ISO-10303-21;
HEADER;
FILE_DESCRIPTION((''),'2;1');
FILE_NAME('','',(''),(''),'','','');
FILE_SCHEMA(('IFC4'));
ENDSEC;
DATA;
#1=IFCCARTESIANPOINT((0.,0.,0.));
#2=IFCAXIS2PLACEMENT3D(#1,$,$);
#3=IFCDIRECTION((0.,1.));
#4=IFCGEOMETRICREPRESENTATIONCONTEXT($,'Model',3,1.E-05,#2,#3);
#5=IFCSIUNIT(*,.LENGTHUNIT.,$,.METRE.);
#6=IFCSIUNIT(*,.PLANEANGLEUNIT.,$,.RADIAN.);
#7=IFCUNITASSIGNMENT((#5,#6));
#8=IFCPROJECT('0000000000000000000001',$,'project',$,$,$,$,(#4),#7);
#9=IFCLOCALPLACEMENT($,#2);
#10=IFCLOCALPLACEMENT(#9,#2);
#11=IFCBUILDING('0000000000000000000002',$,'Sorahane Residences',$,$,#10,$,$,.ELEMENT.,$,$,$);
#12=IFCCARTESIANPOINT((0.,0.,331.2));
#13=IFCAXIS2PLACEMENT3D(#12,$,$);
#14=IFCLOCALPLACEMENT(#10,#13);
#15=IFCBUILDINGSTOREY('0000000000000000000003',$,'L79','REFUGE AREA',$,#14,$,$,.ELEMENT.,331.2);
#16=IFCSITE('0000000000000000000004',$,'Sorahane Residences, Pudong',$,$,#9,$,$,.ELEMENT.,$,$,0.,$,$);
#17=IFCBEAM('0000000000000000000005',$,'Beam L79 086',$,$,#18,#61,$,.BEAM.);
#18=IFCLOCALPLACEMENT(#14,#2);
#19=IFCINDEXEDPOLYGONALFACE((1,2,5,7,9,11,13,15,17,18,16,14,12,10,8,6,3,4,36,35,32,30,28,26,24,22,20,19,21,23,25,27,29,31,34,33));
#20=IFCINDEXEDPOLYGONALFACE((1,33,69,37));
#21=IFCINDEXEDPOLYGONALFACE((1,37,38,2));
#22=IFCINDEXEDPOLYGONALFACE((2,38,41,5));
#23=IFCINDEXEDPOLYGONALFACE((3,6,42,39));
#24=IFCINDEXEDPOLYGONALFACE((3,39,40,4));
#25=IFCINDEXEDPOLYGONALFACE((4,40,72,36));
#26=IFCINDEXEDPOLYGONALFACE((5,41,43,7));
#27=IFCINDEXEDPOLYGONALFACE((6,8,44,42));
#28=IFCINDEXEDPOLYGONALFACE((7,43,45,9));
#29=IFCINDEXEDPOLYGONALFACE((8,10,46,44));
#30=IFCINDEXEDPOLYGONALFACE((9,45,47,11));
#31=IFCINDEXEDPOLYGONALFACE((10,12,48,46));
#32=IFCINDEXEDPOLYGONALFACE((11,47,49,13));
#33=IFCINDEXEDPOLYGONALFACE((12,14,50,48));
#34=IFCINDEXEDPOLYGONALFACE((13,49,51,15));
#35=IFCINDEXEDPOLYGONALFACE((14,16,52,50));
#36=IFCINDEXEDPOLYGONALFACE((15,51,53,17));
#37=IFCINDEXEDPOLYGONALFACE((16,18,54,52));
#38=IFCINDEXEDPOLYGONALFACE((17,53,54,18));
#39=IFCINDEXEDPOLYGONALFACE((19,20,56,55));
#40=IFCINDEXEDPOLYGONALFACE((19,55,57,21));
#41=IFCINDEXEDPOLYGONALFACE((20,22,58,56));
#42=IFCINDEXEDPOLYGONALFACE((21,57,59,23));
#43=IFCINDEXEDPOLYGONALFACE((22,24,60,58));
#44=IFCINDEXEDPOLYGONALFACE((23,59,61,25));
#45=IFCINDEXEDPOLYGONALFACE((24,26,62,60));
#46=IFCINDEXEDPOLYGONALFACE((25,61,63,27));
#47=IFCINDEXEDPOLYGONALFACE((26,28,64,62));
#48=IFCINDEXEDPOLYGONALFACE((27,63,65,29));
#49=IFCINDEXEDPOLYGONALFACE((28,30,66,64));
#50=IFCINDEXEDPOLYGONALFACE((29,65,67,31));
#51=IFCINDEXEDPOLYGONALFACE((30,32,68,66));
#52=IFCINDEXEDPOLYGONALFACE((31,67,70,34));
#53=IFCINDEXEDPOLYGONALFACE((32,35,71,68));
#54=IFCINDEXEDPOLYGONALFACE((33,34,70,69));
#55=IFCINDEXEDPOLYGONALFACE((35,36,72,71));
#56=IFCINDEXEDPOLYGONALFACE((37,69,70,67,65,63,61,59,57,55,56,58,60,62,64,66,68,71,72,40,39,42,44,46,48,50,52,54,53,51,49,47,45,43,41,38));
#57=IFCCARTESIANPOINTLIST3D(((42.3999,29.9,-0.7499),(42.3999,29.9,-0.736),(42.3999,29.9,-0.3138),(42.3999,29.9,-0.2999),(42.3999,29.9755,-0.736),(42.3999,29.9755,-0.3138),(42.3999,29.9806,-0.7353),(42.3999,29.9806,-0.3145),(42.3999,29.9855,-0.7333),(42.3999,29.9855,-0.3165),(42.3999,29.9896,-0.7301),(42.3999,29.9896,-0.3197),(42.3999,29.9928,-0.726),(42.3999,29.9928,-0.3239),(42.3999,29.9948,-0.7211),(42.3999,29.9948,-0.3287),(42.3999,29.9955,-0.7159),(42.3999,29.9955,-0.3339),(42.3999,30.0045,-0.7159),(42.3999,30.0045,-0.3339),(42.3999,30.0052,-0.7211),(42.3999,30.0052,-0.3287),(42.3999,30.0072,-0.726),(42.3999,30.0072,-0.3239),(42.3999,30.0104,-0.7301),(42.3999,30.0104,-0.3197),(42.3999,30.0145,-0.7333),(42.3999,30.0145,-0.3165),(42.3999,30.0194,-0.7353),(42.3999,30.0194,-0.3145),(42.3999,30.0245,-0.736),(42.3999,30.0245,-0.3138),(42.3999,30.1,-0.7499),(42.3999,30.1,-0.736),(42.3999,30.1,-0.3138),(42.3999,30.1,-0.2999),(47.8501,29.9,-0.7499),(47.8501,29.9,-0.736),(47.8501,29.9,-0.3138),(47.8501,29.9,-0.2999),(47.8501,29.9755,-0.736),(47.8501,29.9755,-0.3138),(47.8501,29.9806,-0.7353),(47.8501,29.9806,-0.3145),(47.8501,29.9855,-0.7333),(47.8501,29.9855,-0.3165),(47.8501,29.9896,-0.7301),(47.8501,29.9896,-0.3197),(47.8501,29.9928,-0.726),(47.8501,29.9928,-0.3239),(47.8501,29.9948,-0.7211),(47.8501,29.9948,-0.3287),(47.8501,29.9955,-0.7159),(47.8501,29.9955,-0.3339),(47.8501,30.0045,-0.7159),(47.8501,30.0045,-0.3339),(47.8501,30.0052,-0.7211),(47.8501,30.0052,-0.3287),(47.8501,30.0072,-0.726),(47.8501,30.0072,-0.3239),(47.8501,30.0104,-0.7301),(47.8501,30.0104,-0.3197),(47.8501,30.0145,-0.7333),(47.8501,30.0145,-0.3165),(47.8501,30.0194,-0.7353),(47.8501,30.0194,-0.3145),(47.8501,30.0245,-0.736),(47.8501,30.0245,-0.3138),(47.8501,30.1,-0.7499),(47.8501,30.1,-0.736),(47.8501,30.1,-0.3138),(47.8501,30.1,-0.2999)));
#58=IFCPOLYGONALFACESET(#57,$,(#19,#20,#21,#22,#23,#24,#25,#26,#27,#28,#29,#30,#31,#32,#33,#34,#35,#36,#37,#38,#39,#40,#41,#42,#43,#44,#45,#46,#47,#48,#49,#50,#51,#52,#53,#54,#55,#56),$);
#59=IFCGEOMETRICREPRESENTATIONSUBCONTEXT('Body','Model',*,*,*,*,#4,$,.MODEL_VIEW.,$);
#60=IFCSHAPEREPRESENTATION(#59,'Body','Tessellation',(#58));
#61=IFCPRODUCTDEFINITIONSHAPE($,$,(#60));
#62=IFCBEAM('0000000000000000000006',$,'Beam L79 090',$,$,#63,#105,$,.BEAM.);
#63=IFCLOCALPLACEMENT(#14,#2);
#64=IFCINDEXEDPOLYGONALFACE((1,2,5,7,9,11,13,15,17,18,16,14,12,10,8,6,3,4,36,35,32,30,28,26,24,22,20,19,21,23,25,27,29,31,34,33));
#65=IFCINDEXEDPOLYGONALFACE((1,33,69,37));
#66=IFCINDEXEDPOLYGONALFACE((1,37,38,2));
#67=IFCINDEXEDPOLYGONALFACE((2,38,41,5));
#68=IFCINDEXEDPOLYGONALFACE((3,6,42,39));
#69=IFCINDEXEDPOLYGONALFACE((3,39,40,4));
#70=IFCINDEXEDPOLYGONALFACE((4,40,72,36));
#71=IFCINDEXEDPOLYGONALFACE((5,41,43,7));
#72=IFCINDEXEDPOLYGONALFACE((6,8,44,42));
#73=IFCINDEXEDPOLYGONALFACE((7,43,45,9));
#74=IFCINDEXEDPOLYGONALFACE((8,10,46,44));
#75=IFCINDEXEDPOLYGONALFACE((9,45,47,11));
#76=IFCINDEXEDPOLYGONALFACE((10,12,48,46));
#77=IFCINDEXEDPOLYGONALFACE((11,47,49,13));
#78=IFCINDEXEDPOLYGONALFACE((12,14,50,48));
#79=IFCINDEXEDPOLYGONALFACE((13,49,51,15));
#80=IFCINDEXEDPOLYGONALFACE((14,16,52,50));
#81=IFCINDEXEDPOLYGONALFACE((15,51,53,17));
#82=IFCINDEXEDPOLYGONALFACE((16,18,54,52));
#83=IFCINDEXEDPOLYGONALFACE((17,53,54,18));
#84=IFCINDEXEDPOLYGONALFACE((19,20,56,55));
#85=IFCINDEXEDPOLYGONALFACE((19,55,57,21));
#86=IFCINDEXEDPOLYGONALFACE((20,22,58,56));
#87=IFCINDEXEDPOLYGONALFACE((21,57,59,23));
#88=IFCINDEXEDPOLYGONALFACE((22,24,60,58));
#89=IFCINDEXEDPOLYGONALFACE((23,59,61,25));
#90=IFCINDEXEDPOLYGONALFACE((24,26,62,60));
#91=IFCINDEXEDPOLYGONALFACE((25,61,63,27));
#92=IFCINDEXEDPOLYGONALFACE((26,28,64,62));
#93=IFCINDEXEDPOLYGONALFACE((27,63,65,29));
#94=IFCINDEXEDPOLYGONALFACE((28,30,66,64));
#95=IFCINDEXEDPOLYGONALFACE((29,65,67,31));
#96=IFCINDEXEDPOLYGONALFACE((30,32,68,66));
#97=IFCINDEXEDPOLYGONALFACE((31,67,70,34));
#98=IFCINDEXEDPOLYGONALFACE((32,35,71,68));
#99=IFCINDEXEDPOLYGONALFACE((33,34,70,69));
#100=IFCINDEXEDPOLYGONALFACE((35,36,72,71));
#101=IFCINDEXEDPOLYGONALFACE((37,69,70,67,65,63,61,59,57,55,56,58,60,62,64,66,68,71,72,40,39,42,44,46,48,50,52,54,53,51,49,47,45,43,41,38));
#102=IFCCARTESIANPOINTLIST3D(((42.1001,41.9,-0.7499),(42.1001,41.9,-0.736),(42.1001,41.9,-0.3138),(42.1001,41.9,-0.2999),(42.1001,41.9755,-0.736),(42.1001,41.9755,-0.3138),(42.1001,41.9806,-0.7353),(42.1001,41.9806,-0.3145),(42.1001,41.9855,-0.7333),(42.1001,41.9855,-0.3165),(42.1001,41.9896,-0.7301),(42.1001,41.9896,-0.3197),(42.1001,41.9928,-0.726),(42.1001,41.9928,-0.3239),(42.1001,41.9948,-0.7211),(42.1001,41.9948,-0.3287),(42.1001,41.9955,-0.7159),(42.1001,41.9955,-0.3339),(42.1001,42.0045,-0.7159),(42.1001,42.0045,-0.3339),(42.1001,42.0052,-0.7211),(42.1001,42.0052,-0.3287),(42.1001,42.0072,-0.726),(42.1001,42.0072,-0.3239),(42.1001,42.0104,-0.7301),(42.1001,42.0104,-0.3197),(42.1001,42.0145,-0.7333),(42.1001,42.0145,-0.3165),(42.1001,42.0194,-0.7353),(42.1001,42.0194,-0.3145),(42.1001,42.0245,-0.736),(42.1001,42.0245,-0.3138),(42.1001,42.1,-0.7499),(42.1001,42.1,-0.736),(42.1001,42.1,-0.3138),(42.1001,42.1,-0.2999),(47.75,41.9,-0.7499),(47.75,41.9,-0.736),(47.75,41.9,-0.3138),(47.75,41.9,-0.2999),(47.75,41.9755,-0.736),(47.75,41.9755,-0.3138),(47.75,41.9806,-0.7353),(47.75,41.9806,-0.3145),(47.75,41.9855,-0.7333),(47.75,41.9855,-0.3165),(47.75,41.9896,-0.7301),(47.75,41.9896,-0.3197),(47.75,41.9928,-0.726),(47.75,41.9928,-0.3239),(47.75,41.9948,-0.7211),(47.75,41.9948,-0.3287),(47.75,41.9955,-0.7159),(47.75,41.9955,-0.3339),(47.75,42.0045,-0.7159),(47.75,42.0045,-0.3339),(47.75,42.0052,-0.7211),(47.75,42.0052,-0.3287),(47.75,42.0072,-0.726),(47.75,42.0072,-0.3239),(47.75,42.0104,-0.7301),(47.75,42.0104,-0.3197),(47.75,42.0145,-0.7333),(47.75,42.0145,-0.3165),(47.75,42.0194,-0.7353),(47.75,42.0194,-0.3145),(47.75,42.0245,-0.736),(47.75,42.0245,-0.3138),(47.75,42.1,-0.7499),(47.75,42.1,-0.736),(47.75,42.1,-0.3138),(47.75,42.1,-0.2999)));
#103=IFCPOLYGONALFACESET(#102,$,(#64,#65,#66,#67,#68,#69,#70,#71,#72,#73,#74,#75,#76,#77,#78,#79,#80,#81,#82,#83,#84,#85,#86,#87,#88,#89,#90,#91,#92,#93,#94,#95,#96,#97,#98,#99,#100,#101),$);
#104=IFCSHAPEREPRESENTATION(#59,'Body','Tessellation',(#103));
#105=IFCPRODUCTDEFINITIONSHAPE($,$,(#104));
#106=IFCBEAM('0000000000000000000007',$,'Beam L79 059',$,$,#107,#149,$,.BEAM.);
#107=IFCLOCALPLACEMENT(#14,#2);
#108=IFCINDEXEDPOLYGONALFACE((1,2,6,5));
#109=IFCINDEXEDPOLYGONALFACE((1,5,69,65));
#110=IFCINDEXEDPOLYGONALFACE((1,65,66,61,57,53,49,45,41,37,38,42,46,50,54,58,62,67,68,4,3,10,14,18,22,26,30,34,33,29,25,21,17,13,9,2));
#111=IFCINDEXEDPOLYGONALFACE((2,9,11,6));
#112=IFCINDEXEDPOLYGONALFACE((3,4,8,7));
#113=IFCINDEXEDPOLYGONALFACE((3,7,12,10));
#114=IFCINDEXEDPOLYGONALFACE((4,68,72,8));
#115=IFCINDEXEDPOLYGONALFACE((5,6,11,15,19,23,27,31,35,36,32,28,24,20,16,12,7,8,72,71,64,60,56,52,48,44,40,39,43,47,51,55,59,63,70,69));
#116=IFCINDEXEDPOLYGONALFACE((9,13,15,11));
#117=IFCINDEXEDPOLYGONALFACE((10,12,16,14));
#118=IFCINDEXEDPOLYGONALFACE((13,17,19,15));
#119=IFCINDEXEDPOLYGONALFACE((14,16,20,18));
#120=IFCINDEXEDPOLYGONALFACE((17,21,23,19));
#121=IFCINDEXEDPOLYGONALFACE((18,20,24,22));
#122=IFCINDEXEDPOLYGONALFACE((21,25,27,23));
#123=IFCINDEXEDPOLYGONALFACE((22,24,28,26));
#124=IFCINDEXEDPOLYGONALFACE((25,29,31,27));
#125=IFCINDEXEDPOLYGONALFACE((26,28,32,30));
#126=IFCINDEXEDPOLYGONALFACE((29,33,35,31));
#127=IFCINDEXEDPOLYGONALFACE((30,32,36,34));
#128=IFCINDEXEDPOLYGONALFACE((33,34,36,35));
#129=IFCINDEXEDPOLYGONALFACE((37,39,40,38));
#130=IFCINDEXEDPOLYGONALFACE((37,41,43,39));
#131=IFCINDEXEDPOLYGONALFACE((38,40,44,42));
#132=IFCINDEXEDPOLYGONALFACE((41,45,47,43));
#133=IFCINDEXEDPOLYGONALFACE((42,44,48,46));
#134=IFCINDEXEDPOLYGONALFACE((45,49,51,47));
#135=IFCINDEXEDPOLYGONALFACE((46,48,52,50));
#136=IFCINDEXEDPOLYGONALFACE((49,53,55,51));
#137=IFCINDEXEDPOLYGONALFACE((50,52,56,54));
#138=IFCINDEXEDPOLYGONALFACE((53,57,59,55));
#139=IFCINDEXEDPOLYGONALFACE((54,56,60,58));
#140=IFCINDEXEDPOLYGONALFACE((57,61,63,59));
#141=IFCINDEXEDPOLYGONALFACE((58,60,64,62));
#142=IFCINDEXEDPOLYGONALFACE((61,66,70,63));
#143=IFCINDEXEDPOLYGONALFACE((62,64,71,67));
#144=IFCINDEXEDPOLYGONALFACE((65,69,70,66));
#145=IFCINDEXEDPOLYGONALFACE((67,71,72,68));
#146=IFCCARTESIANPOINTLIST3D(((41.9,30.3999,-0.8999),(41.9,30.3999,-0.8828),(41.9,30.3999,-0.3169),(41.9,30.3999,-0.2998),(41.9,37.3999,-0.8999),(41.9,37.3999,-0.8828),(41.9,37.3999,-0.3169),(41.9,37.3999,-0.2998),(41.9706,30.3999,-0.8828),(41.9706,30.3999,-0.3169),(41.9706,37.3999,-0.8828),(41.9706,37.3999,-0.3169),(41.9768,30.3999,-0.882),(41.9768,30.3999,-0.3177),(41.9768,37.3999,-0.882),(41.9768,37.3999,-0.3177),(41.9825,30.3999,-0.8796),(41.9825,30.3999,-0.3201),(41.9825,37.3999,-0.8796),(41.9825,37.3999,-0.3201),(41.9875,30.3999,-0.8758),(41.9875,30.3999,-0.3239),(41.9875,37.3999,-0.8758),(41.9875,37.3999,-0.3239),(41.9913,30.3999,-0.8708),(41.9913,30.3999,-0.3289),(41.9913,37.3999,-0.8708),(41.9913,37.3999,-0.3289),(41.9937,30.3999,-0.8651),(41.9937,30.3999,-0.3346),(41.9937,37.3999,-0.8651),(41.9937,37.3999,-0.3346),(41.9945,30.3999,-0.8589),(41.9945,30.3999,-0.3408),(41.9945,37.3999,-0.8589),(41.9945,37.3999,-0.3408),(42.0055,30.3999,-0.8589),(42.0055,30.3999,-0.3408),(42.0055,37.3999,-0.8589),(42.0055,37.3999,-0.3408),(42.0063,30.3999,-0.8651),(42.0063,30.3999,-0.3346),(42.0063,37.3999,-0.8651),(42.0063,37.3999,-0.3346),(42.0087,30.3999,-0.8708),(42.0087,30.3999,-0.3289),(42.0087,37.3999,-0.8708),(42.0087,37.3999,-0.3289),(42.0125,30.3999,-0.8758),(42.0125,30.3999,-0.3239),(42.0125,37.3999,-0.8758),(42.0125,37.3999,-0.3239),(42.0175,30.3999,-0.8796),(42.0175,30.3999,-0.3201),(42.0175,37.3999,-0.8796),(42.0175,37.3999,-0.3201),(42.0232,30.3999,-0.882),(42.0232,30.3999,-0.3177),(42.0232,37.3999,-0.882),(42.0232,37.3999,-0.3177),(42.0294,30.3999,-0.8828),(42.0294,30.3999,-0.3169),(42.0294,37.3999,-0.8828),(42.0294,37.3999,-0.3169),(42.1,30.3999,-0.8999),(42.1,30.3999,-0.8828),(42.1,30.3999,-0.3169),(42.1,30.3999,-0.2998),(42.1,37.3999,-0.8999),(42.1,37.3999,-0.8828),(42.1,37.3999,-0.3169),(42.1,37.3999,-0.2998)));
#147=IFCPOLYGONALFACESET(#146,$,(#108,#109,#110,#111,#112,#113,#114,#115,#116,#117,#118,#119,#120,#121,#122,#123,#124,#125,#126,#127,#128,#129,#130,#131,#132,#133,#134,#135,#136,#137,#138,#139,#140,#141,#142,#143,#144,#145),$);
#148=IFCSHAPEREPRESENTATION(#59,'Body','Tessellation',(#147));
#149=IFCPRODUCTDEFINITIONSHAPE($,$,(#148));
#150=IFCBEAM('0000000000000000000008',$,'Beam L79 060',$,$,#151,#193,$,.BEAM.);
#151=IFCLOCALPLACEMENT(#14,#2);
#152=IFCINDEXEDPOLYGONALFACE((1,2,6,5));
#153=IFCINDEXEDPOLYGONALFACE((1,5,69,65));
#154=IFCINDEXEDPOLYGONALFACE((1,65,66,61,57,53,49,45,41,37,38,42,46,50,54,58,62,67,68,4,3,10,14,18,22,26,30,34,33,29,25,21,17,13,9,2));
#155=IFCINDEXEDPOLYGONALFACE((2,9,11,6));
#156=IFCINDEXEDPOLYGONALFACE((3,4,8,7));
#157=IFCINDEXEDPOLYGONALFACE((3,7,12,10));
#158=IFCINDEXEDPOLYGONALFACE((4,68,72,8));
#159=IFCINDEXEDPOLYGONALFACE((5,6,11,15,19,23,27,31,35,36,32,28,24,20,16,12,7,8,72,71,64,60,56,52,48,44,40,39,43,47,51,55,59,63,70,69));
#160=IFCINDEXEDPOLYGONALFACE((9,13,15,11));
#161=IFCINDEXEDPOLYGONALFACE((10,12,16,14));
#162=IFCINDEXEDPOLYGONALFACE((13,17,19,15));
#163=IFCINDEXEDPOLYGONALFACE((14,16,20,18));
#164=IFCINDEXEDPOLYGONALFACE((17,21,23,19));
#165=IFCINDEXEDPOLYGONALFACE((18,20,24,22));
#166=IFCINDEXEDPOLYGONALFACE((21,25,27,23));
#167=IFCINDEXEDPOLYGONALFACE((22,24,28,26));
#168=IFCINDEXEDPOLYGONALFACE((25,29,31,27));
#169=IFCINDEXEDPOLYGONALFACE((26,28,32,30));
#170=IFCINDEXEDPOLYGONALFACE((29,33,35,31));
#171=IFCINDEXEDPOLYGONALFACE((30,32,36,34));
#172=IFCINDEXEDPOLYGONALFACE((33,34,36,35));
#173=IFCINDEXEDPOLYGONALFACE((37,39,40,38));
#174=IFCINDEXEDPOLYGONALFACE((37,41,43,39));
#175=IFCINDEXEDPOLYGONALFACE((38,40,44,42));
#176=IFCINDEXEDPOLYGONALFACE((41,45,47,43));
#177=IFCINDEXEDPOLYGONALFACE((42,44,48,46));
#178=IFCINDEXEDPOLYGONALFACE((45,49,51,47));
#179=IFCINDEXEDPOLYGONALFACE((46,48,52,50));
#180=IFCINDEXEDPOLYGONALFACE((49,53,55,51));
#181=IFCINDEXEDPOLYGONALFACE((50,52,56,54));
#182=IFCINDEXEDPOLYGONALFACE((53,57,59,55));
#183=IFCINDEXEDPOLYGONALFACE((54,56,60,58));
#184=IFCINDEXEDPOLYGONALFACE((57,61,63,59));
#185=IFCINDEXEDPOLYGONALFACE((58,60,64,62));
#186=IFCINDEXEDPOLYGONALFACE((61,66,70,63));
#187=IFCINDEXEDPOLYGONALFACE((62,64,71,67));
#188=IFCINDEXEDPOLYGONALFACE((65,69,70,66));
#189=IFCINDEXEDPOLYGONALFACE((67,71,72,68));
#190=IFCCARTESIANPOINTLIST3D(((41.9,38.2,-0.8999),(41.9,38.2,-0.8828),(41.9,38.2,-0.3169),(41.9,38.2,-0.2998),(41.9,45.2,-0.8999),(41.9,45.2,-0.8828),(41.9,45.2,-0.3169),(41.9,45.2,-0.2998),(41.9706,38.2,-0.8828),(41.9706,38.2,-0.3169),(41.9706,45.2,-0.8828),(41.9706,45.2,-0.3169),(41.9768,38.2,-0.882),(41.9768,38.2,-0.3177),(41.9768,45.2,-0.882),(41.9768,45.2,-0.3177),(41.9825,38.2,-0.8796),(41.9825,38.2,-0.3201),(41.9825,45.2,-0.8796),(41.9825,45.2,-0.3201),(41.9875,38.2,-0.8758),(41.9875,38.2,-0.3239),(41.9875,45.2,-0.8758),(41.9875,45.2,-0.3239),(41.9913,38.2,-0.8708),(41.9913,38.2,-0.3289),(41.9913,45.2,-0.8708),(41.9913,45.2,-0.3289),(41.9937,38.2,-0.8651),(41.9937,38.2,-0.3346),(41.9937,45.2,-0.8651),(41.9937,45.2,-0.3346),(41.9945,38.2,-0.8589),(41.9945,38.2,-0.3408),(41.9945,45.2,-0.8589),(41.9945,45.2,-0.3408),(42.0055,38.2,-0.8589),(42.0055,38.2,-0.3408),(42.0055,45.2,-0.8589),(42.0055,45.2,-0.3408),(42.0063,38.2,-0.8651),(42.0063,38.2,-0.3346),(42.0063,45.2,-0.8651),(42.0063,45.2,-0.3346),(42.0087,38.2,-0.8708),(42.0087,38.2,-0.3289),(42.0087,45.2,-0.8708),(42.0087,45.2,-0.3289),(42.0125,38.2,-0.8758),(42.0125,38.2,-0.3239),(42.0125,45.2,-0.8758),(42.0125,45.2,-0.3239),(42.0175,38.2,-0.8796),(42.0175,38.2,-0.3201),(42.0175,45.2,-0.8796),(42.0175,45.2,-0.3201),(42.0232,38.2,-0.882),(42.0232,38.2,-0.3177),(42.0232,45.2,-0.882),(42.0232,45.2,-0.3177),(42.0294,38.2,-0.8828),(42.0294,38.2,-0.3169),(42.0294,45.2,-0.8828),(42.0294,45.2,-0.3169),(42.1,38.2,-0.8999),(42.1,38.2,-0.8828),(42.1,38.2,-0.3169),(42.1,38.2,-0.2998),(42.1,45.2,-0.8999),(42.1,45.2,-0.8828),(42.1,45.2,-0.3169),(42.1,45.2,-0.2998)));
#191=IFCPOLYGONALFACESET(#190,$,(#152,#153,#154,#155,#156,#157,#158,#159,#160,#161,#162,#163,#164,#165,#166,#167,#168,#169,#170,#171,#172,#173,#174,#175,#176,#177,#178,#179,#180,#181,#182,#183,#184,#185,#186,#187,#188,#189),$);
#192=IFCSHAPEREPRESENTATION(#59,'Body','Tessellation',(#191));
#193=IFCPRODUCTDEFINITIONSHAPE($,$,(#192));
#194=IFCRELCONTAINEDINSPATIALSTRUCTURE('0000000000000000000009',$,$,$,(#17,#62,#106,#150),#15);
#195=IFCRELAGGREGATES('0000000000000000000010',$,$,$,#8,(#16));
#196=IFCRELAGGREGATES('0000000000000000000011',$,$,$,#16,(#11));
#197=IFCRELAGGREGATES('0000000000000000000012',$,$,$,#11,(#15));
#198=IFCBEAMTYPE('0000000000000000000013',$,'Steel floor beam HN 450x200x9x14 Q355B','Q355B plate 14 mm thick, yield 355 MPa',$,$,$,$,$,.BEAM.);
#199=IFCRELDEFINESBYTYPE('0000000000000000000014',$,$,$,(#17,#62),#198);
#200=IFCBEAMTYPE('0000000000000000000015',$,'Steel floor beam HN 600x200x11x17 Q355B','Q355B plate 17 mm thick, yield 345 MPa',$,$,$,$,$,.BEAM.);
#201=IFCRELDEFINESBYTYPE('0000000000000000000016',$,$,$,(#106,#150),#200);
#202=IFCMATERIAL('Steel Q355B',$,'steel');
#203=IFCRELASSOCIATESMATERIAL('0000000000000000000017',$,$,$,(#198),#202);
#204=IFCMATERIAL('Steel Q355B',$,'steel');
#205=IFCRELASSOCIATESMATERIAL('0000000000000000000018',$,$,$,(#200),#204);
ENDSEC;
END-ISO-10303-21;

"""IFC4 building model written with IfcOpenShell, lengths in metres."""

from ifc_helpers import new_model, si_unit, direction, frame, origin, origin_2d, place, context, subcontext, project, spatial, i_section, extrude, material, material_profile, profile_set, type_object, element, save


model = new_model("IFC4")

# Units and contexts
model_context = context("Model", 3, precision=1e-05, world=origin(), true_north=direction((0.0, 1.0)))
body_context = subcontext(model_context, "Body", "Model", "MODEL_VIEW")
ifc_project = project(units=[si_unit("LENGTHUNIT", "METRE"), si_unit("PLANEANGLEUNIT", "RADIAN")], contexts=[model_context])

# Site, building, storey
site_placement = place(None, origin())
site = spatial("IfcSite", under=ifc_project, at=site_placement, Name="Sorahane Residences, Pudong", CompositionType="ELEMENT", RefElevation=0.0)
building_placement = place(site_placement, origin())
building = spatial("IfcBuilding", under=site, at=building_placement, Name="Sorahane Residences", CompositionType="ELEMENT")
storey_placement = place(building_placement, frame((0.0, 0.0, 331.2)))
storey = spatial("IfcBuildingStorey", under=building, at=storey_placement, Name="L79", Description="REFUGE AREA", CompositionType="ELEMENT", Elevation=331.2)

# Beams
ifc_material_1 = material(Name="Steel Q355B", Category="steel")
ifc_material_profile_1 = material_profile(ifc_material_1, i_section(OverallWidth=0.2, OverallDepth=0.45, WebThickness=0.009, FlangeThickness=0.0139, FilletRadius=0.02, at=origin_2d()), Name="HN 450x200x9x14")
ifc_profile_set_1 = profile_set([ifc_material_profile_1], Name="Steel Q355B")
beam_type_1 = type_object("IfcBeamType", Name="Steel floor beam HN 450x200x9x14 Q355B", Description="Q355B plate 14 mm thick, yield 355 MPa", PredefinedType="BEAM", material=ifc_profile_set_1)
beam_1_placement = place(storey_placement, frame((42.3999, 30.0, -0.5249), z_axis=(1.0, 0.0, 0.0), x_axis=(0.0, 1.0, 0.0)))
element("IfcBeam", 1, at=beam_1_placement, inside=storey, type_object=beam_type_1, Name="Beam L79 086", PredefinedType="BEAM", context=body_context, shape_type="SweptSolid", body=[
    extrude(i_section(OverallWidth=0.2, OverallDepth=0.45, WebThickness=0.009, FlangeThickness=0.0139, FilletRadius=0.02, at=origin_2d()), origin(), (0.0, 0.0, 1.0), 5.4502),
])
beam_2_placement = place(storey_placement, frame((42.1001, 42.0, -0.5249), z_axis=(1.0, 0.0, 0.0), x_axis=(0.0, 1.0, 0.0)))
element("IfcBeam", 2, at=beam_2_placement, inside=storey, type_object=beam_type_1, Name="Beam L79 090", PredefinedType="BEAM", context=body_context, shape_type="SweptSolid", body=[
    extrude(i_section(OverallWidth=0.2, OverallDepth=0.45, WebThickness=0.009, FlangeThickness=0.0139, FilletRadius=0.02, at=origin_2d()), origin(), (0.0, 0.0, 1.0), 5.6499),
])
ifc_material_2 = material(Name="Steel Q355B", Category="steel")
ifc_material_profile_2 = material_profile(ifc_material_2, i_section(OverallWidth=0.2, OverallDepth=0.6001, WebThickness=0.011, FlangeThickness=0.0171, FilletRadius=0.0239, at=origin_2d()), Name="HN 600x200x11x17")
ifc_profile_set_2 = profile_set([ifc_material_profile_2], Name="Steel Q355B")
beam_type_2 = type_object("IfcBeamType", Name="Steel floor beam HN 600x200x11x17 Q355B", Description="Q355B plate 17 mm thick, yield 345 MPa", PredefinedType="BEAM", material=ifc_profile_set_2)
for number, where, z_axis, x_axis, name in (
    (3, (42.0, 30.3999, -0.5999), (0.0, 1.0, 0.0), (-1.0, 0.0, 0.0), "Beam L79 059"),
    (4, (42.0, 38.2, -0.5999), (0.0, 1.0, 0.0), (-1.0, 0.0, 0.0), "Beam L79 060"),
):
    element("IfcBeam", number, at=place(storey_placement, frame(where, z_axis=z_axis, x_axis=x_axis)), inside=storey, type_object=beam_type_2, Name=name, PredefinedType="BEAM", context=body_context, shape_type="SweptSolid", body=[
        extrude(i_section(OverallWidth=0.2, OverallDepth=0.6001, WebThickness=0.011, FlangeThickness=0.0171, FilletRadius=0.0239, at=origin_2d()), origin(), (0.0, 0.0, 1.0), 7.0),
    ])

save(model, "model.ifc")
